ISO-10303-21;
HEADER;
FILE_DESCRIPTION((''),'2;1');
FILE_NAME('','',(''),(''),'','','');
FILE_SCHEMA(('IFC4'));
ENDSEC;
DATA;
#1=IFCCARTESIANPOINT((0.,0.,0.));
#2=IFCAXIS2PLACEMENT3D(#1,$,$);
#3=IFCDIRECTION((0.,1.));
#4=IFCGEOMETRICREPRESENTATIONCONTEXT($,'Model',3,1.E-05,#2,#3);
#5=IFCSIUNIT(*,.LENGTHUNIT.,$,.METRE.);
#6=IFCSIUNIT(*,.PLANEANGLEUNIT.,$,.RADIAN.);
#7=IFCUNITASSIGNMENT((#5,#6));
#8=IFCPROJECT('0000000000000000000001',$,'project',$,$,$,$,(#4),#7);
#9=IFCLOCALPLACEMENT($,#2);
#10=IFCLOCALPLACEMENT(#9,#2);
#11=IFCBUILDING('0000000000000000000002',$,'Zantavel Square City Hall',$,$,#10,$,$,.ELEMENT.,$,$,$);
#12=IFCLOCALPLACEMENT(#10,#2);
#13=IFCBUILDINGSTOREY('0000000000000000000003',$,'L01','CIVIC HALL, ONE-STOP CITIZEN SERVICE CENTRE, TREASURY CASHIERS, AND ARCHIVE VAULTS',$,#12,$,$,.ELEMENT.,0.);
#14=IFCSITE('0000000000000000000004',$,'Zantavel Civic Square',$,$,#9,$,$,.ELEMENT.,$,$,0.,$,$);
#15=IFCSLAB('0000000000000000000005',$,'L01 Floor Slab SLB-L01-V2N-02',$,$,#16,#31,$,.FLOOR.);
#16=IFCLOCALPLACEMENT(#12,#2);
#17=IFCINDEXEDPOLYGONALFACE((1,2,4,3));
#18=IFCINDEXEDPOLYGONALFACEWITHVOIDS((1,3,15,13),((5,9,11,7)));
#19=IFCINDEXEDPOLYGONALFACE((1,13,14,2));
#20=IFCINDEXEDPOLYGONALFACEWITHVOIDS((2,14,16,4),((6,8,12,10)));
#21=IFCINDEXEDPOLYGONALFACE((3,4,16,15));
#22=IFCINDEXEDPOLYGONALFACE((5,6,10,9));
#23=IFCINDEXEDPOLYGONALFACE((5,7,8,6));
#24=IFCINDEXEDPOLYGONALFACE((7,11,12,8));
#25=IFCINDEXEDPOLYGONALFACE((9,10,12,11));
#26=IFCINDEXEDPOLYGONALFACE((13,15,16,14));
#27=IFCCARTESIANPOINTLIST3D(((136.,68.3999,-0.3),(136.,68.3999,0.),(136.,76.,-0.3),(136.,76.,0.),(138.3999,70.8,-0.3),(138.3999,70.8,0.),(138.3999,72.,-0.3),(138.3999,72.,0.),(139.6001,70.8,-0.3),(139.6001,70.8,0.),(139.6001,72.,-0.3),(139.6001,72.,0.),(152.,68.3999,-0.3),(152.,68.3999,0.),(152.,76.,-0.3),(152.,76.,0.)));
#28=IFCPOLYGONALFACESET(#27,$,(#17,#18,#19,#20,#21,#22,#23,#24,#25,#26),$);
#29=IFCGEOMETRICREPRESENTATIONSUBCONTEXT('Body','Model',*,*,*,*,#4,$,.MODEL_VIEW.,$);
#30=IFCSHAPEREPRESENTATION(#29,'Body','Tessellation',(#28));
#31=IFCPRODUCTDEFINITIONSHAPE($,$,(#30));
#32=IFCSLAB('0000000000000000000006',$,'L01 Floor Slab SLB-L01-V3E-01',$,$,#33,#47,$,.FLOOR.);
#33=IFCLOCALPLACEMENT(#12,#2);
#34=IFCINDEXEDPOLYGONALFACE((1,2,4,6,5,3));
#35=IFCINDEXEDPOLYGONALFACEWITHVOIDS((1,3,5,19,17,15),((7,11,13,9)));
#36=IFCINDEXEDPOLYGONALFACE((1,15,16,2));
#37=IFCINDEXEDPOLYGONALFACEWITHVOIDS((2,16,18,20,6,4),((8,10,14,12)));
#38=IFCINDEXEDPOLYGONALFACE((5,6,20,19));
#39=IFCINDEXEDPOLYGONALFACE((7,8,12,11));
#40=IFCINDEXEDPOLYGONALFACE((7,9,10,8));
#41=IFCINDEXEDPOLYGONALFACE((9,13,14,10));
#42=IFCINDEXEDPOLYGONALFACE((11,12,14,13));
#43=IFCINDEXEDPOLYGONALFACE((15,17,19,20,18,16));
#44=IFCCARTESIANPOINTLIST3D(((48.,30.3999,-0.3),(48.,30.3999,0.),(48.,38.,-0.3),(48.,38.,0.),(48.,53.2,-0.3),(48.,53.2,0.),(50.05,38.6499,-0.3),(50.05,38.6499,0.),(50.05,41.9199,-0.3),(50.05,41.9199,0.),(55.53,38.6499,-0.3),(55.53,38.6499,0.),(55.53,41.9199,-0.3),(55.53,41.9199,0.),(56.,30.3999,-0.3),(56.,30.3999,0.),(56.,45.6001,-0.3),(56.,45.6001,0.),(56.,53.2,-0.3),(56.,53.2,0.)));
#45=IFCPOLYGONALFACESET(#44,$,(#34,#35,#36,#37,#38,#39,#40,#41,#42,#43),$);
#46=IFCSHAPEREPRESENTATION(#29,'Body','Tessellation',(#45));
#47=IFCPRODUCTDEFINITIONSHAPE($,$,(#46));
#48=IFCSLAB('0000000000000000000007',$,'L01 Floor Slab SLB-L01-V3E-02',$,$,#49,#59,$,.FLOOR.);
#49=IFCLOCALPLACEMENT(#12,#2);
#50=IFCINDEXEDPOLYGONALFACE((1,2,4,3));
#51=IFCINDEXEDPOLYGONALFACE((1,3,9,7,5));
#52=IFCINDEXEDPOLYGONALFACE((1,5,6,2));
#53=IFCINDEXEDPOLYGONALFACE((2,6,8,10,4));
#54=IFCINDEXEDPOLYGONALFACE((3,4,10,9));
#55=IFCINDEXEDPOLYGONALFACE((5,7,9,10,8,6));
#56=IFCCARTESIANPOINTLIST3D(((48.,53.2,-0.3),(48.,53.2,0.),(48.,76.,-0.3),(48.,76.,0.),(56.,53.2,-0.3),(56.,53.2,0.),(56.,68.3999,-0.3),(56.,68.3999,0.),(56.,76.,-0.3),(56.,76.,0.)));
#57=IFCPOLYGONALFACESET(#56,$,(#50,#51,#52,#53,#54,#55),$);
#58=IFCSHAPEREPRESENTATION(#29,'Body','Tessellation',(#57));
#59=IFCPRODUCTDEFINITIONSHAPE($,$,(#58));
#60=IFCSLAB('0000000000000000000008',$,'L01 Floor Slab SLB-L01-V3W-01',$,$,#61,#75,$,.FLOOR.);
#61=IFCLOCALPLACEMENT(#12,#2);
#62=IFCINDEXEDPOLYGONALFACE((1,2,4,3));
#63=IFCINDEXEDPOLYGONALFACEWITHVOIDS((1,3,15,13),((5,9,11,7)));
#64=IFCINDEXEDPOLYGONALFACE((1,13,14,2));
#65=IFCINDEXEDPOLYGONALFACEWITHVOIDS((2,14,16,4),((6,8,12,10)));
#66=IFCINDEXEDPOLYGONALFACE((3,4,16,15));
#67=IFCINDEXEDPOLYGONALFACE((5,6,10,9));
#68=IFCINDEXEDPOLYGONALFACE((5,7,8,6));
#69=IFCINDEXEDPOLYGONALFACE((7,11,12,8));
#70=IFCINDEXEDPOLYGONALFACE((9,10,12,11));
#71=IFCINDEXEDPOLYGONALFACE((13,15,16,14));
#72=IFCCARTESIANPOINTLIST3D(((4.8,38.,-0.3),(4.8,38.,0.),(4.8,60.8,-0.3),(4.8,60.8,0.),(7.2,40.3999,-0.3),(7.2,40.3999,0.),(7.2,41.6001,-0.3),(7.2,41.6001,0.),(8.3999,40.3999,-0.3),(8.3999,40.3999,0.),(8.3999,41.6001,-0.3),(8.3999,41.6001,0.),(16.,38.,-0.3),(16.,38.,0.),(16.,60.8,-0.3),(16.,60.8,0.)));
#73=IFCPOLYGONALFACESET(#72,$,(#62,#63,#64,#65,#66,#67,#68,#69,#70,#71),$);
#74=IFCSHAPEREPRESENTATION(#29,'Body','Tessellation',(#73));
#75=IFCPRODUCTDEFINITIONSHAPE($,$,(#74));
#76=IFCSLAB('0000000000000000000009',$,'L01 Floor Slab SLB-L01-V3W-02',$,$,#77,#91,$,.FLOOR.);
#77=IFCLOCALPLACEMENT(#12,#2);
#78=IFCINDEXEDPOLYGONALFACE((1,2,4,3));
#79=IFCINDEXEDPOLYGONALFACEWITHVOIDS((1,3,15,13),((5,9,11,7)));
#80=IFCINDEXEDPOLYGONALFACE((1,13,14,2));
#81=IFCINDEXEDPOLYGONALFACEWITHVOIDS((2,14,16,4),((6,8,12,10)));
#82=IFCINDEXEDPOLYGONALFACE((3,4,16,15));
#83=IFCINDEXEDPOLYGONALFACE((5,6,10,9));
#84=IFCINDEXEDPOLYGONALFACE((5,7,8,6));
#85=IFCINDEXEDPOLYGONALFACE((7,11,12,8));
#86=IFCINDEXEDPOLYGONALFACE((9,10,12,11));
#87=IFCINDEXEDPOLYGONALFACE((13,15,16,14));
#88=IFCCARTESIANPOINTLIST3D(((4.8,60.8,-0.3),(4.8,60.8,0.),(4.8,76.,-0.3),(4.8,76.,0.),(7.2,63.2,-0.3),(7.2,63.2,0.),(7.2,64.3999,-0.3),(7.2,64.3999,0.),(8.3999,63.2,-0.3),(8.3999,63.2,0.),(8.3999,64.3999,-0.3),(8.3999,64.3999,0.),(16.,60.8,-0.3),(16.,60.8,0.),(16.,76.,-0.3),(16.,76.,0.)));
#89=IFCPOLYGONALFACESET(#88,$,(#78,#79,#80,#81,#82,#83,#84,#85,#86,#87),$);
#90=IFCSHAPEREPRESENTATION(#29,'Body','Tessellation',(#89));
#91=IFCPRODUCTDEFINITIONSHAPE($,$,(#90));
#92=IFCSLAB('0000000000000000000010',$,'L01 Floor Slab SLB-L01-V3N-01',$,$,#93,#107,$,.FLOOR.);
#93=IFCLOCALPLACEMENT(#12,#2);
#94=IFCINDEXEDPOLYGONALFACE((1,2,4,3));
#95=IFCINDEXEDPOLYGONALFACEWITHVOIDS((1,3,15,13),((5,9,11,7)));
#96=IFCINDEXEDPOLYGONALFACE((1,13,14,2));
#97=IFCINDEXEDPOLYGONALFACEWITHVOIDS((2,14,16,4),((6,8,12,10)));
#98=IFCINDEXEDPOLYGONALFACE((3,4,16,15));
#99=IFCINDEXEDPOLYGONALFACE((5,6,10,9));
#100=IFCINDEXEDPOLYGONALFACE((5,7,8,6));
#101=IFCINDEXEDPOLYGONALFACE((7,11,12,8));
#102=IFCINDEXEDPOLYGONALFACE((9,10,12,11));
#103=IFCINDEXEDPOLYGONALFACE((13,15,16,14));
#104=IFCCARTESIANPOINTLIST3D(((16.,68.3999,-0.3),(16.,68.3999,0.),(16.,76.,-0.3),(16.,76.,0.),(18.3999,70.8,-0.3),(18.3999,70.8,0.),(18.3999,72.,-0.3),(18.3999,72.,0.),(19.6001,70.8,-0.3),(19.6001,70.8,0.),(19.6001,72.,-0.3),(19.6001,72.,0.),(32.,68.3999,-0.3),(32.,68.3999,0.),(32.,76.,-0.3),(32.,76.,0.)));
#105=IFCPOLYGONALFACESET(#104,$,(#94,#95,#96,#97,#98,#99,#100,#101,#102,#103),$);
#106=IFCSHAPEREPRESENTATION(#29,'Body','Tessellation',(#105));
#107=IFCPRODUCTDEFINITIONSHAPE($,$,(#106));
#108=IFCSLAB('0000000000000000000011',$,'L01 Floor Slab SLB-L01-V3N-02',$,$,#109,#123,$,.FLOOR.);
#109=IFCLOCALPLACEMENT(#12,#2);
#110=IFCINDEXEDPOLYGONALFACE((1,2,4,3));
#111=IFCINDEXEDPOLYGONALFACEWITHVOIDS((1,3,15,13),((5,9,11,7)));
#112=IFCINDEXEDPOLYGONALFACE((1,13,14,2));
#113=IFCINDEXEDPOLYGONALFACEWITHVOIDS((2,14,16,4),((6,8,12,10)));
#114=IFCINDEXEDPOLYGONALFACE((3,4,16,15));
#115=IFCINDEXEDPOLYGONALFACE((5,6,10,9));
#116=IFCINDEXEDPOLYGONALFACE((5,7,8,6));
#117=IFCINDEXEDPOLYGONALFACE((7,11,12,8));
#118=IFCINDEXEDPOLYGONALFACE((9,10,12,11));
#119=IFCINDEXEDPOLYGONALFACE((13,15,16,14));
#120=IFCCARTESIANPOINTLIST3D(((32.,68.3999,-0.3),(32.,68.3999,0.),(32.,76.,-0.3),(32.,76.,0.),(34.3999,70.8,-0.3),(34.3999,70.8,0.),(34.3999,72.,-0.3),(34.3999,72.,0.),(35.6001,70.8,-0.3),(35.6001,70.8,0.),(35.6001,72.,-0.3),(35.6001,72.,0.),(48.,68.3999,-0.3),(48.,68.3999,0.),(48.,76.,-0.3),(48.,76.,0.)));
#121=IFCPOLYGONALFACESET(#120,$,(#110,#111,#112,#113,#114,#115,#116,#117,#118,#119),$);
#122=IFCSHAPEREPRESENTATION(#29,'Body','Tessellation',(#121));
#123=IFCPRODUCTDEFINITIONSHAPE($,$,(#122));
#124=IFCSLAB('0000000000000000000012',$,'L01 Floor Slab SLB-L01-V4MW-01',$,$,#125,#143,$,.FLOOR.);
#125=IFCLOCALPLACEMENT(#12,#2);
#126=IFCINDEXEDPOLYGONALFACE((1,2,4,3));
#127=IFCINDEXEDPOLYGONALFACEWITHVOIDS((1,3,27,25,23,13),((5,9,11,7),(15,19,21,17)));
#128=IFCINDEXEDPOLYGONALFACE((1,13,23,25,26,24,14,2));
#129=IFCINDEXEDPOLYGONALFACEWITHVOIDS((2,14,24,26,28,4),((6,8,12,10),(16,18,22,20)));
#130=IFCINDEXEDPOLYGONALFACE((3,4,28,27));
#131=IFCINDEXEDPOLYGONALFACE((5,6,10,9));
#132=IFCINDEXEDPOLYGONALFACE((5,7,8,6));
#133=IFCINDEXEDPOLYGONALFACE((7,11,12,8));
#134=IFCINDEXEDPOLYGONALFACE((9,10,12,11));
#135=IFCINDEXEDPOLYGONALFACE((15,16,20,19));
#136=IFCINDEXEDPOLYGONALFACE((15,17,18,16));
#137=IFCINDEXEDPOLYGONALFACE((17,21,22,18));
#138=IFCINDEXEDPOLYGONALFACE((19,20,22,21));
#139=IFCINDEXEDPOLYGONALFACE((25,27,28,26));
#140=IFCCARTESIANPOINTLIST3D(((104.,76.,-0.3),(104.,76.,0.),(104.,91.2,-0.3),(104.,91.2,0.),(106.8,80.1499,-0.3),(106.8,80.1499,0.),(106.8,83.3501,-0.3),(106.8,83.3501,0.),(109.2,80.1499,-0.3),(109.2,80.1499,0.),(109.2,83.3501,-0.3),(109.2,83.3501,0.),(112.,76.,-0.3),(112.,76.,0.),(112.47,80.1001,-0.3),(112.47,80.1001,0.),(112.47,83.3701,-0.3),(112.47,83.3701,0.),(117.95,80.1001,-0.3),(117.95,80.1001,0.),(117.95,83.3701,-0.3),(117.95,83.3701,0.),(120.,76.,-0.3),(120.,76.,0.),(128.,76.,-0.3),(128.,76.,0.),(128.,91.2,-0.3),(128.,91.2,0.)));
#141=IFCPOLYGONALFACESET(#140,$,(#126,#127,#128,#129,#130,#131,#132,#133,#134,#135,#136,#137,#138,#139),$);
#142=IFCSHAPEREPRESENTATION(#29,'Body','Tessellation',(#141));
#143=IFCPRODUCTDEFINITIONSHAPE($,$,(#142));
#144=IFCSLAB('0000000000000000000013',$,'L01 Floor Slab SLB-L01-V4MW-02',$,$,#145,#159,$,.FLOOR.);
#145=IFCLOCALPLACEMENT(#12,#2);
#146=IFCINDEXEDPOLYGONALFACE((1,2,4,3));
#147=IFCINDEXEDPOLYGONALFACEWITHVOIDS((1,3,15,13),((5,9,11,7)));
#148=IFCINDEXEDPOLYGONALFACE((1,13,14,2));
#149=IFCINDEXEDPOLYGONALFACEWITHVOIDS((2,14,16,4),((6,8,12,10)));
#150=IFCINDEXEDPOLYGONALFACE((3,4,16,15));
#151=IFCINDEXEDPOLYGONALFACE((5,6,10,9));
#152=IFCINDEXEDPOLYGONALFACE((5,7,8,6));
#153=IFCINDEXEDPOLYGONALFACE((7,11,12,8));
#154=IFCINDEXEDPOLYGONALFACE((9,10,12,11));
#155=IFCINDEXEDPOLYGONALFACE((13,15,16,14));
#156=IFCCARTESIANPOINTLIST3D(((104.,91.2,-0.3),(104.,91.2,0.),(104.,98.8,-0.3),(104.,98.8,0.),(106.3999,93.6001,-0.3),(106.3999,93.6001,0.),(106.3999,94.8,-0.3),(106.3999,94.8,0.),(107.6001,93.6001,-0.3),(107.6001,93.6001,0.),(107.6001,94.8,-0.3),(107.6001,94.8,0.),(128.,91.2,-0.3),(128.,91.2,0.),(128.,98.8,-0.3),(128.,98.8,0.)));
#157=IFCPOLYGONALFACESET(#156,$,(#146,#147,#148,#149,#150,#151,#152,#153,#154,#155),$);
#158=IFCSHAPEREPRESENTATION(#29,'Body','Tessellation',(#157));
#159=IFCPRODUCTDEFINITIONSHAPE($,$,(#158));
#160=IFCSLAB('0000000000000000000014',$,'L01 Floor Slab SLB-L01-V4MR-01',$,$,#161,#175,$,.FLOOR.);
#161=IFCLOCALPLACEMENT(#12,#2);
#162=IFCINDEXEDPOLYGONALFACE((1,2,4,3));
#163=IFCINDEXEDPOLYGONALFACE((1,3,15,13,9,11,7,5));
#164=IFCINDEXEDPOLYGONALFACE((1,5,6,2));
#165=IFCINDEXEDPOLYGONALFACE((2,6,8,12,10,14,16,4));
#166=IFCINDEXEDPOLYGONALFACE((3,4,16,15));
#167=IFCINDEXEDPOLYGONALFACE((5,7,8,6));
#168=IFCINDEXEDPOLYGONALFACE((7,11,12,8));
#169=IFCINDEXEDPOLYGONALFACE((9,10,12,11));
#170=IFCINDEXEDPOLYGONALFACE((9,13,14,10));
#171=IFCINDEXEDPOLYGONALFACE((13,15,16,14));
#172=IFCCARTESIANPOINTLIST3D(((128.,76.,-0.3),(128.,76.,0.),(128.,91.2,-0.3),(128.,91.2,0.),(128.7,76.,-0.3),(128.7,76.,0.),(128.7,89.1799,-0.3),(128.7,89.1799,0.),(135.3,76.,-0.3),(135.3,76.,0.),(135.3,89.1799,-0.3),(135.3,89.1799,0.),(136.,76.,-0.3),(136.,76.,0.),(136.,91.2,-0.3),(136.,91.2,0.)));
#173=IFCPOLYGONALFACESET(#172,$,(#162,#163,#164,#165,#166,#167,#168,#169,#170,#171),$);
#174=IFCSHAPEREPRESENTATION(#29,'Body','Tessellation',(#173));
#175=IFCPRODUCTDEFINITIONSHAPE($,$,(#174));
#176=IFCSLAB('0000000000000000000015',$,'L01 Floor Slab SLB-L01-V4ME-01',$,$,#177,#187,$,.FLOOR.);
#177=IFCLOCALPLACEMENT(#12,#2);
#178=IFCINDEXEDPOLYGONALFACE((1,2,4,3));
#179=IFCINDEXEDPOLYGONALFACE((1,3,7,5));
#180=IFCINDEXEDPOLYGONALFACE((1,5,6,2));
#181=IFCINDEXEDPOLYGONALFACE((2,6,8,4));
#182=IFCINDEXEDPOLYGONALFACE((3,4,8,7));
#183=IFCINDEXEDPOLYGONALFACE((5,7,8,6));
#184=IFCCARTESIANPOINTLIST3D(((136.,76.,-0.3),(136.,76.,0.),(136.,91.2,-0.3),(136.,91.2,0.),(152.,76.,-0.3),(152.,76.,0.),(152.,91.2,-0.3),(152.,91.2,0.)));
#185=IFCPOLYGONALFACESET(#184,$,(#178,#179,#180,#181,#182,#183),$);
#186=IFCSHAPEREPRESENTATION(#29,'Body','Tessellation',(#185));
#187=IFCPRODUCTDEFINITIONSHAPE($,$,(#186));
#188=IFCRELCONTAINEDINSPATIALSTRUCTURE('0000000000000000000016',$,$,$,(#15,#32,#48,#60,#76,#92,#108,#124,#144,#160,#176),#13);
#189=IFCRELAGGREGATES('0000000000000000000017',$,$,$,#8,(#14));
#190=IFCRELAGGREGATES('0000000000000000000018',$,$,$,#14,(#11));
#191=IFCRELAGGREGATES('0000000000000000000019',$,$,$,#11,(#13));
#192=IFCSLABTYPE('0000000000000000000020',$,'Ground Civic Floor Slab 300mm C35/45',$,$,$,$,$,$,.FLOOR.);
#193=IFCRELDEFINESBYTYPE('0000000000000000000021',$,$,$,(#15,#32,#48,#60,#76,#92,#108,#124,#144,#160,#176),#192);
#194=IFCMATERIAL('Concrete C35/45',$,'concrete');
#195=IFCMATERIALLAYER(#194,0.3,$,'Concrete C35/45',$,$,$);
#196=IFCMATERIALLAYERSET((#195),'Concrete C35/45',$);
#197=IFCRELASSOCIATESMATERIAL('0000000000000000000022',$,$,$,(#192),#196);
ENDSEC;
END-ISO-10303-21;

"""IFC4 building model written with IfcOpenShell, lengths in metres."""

from ifc_helpers import new_model, si_unit, direction, frame, origin, place, context, subcontext, project, spatial, polyline, outline, extrude, material, layer, layer_set, type_object, element, save


model = new_model("IFC4")

# Units and contexts
model_context = context("Model", 3, precision=1e-05, world=origin(), true_north=direction((0.0, 1.0)))
body_context = subcontext(model_context, "Body", "Model", "MODEL_VIEW")
ifc_project = project(units=[si_unit("LENGTHUNIT", "METRE"), si_unit("PLANEANGLEUNIT", "RADIAN")], contexts=[model_context])

# Site, building, storey
site_placement = place(None, origin())
site = spatial("IfcSite", under=ifc_project, at=site_placement, Name="Zantavel Civic Square", CompositionType="ELEMENT", RefElevation=0.0)
building_placement = place(site_placement, origin())
building = spatial("IfcBuilding", under=site, at=building_placement, Name="Zantavel Square City Hall", CompositionType="ELEMENT")
storey_placement = place(building_placement, origin())
storey = spatial("IfcBuildingStorey", under=building, at=storey_placement, Name="L01", Description="CIVIC HALL, ONE-STOP CITIZEN SERVICE CENTRE, TREASURY CASHIERS, AND ARCHIVE VAULTS", CompositionType="ELEMENT", Elevation=0.0)

# Slabs
ifc_material_1 = material(Name="Concrete C35/45", Category="concrete")
ifc_layer = layer(ifc_material_1, 0.3, Name="Concrete C35/45")
ifc_layer_set = layer_set([ifc_layer], Name="Concrete C35/45")
slab_type = type_object("IfcSlabType", Name="Ground Civic Floor Slab 300mm C35/45", PredefinedType="FLOOR", material=ifc_layer_set)
slab_1_placement = place(storey_placement, frame((0.0, 0.0, -0.3)))
element("IfcSlab", 1, at=slab_1_placement, inside=storey, type_object=slab_type, Name="L01 Floor Slab SLB-L01-V2N-02", PredefinedType="FLOOR", context=body_context, shape_type="SweptSolid", body=[
    extrude(outline(polyline([(136.0, 68.3999), (136.0, 76.0), (152.0, 76.0), (152.0, 68.3999), (136.0, 68.3999)]), holes=[polyline([(139.6001, 72.0), (138.3999, 72.0), (138.3999, 70.8), (139.6001, 70.8), (139.6001, 72.0)])]), origin(), (0.0, 0.0, 1.0), 0.3),
])
slab_2_placement = place(storey_placement, frame((0.0, 0.0, -0.3)))
element("IfcSlab", 2, at=slab_2_placement, inside=storey, type_object=slab_type, Name="L01 Floor Slab SLB-L01-V3E-01", PredefinedType="FLOOR", context=body_context, shape_type="SweptSolid", body=[
    extrude(outline(polyline([(48.0, 30.3999), (48.0, 38.0), (48.0, 53.2), (56.0, 53.2), (56.0, 45.6001), (56.0, 30.3999), (48.0, 30.3999)]), holes=[polyline([(55.53, 41.9199), (50.05, 41.9199), (50.05, 38.6499), (55.53, 38.6499), (55.53, 41.9199)])]), origin(), (0.0, 0.0, 1.0), 0.3),
])
slab_3_placement = place(storey_placement, frame((0.0, 0.0, -0.3)))
element("IfcSlab", 3, at=slab_3_placement, inside=storey, type_object=slab_type, Name="L01 Floor Slab SLB-L01-V3E-02", PredefinedType="FLOOR", context=body_context, shape_type="SweptSolid", body=[
    extrude(outline(polyline([(56.0, 53.2), (48.0, 53.2), (48.0, 76.0), (56.0, 76.0), (56.0, 68.3999), (56.0, 53.2)])), origin(), (0.0, 0.0, 1.0), 0.3),
])
slab_4_placement = place(storey_placement, frame((0.0, 0.0, -0.3)))
element("IfcSlab", 4, at=slab_4_placement, inside=storey, type_object=slab_type, Name="L01 Floor Slab SLB-L01-V3W-01", PredefinedType="FLOOR", context=body_context, shape_type="SweptSolid", body=[
    extrude(outline(polyline([(16.0, 60.8), (16.0, 38.0), (4.8, 38.0), (4.8, 60.8), (16.0, 60.8)]), holes=[polyline([(8.3999, 41.6001), (7.2, 41.6001), (7.2, 40.3999), (8.3999, 40.3999), (8.3999, 41.6001)])]), origin(), (0.0, 0.0, 1.0), 0.3),
])
slab_5_placement = place(storey_placement, frame((0.0, 0.0, -0.3)))
element("IfcSlab", 5, at=slab_5_placement, inside=storey, type_object=slab_type, Name="L01 Floor Slab SLB-L01-V3W-02", PredefinedType="FLOOR", context=body_context, shape_type="SweptSolid", body=[
    extrude(outline(polyline([(16.0, 76.0), (16.0, 60.8), (4.8, 60.8), (4.8, 76.0), (16.0, 76.0)]), holes=[polyline([(8.3999, 64.3999), (7.2, 64.3999), (7.2, 63.2), (8.3999, 63.2), (8.3999, 64.3999)])]), origin(), (0.0, 0.0, 1.0), 0.3),
])
slab_6_placement = place(storey_placement, frame((0.0, 0.0, -0.3)))
element("IfcSlab", 6, at=slab_6_placement, inside=storey, type_object=slab_type, Name="L01 Floor Slab SLB-L01-V3N-01", PredefinedType="FLOOR", context=body_context, shape_type="SweptSolid", body=[
    extrude(outline(polyline([(32.0, 68.3999), (16.0, 68.3999), (16.0, 76.0), (32.0, 76.0), (32.0, 68.3999)]), holes=[polyline([(19.6001, 72.0), (18.3999, 72.0), (18.3999, 70.8), (19.6001, 70.8), (19.6001, 72.0)])]), origin(), (0.0, 0.0, 1.0), 0.3),
])
slab_7_placement = place(storey_placement, frame((0.0, 0.0, -0.3)))
element("IfcSlab", 7, at=slab_7_placement, inside=storey, type_object=slab_type, Name="L01 Floor Slab SLB-L01-V3N-02", PredefinedType="FLOOR", context=body_context, shape_type="SweptSolid", body=[
    extrude(outline(polyline([(32.0, 68.3999), (32.0, 76.0), (48.0, 76.0), (48.0, 68.3999), (32.0, 68.3999)]), holes=[polyline([(35.6001, 72.0), (34.3999, 72.0), (34.3999, 70.8), (35.6001, 70.8), (35.6001, 72.0)])]), origin(), (0.0, 0.0, 1.0), 0.3),
])
slab_8_placement = place(storey_placement, frame((0.0, 0.0, -0.3)))
element("IfcSlab", 8, at=slab_8_placement, inside=storey, type_object=slab_type, Name="L01 Floor Slab SLB-L01-V4MW-01", PredefinedType="FLOOR", context=body_context, shape_type="SweptSolid", body=[
    extrude(outline(polyline([(128.0, 91.2), (128.0, 76.0), (120.0, 76.0), (112.0, 76.0), (104.0, 76.0), (104.0, 91.2), (128.0, 91.2)]), holes=[polyline([(112.47, 83.3701), (112.47, 80.1001), (117.95, 80.1001), (117.95, 83.3701), (112.47, 83.3701)]), polyline([(109.2, 83.3501), (106.8, 83.3501), (106.8, 80.1499), (109.2, 80.1499), (109.2, 83.3501)])]), origin(), (0.0, 0.0, 1.0), 0.3),
])
slab_9_placement = place(storey_placement, frame((0.0, 0.0, -0.3)))
element("IfcSlab", 9, at=slab_9_placement, inside=storey, type_object=slab_type, Name="L01 Floor Slab SLB-L01-V4MW-02", PredefinedType="FLOOR", context=body_context, shape_type="SweptSolid", body=[
    extrude(outline(polyline([(128.0, 98.8), (128.0, 91.2), (104.0, 91.2), (104.0, 98.8), (128.0, 98.8)]), holes=[polyline([(107.6001, 94.8), (106.3999, 94.8), (106.3999, 93.6001), (107.6001, 93.6001), (107.6001, 94.8)])]), origin(), (0.0, 0.0, 1.0), 0.3),
])
slab_10_placement = place(storey_placement, frame((0.0, 0.0, -0.3)))
element("IfcSlab", 10, at=slab_10_placement, inside=storey, type_object=slab_type, Name="L01 Floor Slab SLB-L01-V4MR-01", PredefinedType="FLOOR", context=body_context, shape_type="SweptSolid", body=[
    extrude(outline(polyline([(136.0, 76.0), (135.3, 76.0), (135.3, 89.1799), (128.7, 89.1799), (128.7, 76.0), (128.0, 76.0), (128.0, 91.2), (128.0, 91.2), (136.0, 91.2), (136.0, 76.0)])), origin(), (0.0, 0.0, 1.0), 0.3),
])
slab_11_placement = place(storey_placement, frame((0.0, 0.0, -0.3)))
element("IfcSlab", 11, at=slab_11_placement, inside=storey, type_object=slab_type, Name="L01 Floor Slab SLB-L01-V4ME-01", PredefinedType="FLOOR", context=body_context, shape_type="SweptSolid", body=[
    extrude(outline(polyline([(152.0, 91.2), (152.0, 76.0), (136.0, 76.0), (136.0, 91.2), (152.0, 91.2)])), origin(), (0.0, 0.0, 1.0), 0.3),
])

save(model, "model.ifc")
